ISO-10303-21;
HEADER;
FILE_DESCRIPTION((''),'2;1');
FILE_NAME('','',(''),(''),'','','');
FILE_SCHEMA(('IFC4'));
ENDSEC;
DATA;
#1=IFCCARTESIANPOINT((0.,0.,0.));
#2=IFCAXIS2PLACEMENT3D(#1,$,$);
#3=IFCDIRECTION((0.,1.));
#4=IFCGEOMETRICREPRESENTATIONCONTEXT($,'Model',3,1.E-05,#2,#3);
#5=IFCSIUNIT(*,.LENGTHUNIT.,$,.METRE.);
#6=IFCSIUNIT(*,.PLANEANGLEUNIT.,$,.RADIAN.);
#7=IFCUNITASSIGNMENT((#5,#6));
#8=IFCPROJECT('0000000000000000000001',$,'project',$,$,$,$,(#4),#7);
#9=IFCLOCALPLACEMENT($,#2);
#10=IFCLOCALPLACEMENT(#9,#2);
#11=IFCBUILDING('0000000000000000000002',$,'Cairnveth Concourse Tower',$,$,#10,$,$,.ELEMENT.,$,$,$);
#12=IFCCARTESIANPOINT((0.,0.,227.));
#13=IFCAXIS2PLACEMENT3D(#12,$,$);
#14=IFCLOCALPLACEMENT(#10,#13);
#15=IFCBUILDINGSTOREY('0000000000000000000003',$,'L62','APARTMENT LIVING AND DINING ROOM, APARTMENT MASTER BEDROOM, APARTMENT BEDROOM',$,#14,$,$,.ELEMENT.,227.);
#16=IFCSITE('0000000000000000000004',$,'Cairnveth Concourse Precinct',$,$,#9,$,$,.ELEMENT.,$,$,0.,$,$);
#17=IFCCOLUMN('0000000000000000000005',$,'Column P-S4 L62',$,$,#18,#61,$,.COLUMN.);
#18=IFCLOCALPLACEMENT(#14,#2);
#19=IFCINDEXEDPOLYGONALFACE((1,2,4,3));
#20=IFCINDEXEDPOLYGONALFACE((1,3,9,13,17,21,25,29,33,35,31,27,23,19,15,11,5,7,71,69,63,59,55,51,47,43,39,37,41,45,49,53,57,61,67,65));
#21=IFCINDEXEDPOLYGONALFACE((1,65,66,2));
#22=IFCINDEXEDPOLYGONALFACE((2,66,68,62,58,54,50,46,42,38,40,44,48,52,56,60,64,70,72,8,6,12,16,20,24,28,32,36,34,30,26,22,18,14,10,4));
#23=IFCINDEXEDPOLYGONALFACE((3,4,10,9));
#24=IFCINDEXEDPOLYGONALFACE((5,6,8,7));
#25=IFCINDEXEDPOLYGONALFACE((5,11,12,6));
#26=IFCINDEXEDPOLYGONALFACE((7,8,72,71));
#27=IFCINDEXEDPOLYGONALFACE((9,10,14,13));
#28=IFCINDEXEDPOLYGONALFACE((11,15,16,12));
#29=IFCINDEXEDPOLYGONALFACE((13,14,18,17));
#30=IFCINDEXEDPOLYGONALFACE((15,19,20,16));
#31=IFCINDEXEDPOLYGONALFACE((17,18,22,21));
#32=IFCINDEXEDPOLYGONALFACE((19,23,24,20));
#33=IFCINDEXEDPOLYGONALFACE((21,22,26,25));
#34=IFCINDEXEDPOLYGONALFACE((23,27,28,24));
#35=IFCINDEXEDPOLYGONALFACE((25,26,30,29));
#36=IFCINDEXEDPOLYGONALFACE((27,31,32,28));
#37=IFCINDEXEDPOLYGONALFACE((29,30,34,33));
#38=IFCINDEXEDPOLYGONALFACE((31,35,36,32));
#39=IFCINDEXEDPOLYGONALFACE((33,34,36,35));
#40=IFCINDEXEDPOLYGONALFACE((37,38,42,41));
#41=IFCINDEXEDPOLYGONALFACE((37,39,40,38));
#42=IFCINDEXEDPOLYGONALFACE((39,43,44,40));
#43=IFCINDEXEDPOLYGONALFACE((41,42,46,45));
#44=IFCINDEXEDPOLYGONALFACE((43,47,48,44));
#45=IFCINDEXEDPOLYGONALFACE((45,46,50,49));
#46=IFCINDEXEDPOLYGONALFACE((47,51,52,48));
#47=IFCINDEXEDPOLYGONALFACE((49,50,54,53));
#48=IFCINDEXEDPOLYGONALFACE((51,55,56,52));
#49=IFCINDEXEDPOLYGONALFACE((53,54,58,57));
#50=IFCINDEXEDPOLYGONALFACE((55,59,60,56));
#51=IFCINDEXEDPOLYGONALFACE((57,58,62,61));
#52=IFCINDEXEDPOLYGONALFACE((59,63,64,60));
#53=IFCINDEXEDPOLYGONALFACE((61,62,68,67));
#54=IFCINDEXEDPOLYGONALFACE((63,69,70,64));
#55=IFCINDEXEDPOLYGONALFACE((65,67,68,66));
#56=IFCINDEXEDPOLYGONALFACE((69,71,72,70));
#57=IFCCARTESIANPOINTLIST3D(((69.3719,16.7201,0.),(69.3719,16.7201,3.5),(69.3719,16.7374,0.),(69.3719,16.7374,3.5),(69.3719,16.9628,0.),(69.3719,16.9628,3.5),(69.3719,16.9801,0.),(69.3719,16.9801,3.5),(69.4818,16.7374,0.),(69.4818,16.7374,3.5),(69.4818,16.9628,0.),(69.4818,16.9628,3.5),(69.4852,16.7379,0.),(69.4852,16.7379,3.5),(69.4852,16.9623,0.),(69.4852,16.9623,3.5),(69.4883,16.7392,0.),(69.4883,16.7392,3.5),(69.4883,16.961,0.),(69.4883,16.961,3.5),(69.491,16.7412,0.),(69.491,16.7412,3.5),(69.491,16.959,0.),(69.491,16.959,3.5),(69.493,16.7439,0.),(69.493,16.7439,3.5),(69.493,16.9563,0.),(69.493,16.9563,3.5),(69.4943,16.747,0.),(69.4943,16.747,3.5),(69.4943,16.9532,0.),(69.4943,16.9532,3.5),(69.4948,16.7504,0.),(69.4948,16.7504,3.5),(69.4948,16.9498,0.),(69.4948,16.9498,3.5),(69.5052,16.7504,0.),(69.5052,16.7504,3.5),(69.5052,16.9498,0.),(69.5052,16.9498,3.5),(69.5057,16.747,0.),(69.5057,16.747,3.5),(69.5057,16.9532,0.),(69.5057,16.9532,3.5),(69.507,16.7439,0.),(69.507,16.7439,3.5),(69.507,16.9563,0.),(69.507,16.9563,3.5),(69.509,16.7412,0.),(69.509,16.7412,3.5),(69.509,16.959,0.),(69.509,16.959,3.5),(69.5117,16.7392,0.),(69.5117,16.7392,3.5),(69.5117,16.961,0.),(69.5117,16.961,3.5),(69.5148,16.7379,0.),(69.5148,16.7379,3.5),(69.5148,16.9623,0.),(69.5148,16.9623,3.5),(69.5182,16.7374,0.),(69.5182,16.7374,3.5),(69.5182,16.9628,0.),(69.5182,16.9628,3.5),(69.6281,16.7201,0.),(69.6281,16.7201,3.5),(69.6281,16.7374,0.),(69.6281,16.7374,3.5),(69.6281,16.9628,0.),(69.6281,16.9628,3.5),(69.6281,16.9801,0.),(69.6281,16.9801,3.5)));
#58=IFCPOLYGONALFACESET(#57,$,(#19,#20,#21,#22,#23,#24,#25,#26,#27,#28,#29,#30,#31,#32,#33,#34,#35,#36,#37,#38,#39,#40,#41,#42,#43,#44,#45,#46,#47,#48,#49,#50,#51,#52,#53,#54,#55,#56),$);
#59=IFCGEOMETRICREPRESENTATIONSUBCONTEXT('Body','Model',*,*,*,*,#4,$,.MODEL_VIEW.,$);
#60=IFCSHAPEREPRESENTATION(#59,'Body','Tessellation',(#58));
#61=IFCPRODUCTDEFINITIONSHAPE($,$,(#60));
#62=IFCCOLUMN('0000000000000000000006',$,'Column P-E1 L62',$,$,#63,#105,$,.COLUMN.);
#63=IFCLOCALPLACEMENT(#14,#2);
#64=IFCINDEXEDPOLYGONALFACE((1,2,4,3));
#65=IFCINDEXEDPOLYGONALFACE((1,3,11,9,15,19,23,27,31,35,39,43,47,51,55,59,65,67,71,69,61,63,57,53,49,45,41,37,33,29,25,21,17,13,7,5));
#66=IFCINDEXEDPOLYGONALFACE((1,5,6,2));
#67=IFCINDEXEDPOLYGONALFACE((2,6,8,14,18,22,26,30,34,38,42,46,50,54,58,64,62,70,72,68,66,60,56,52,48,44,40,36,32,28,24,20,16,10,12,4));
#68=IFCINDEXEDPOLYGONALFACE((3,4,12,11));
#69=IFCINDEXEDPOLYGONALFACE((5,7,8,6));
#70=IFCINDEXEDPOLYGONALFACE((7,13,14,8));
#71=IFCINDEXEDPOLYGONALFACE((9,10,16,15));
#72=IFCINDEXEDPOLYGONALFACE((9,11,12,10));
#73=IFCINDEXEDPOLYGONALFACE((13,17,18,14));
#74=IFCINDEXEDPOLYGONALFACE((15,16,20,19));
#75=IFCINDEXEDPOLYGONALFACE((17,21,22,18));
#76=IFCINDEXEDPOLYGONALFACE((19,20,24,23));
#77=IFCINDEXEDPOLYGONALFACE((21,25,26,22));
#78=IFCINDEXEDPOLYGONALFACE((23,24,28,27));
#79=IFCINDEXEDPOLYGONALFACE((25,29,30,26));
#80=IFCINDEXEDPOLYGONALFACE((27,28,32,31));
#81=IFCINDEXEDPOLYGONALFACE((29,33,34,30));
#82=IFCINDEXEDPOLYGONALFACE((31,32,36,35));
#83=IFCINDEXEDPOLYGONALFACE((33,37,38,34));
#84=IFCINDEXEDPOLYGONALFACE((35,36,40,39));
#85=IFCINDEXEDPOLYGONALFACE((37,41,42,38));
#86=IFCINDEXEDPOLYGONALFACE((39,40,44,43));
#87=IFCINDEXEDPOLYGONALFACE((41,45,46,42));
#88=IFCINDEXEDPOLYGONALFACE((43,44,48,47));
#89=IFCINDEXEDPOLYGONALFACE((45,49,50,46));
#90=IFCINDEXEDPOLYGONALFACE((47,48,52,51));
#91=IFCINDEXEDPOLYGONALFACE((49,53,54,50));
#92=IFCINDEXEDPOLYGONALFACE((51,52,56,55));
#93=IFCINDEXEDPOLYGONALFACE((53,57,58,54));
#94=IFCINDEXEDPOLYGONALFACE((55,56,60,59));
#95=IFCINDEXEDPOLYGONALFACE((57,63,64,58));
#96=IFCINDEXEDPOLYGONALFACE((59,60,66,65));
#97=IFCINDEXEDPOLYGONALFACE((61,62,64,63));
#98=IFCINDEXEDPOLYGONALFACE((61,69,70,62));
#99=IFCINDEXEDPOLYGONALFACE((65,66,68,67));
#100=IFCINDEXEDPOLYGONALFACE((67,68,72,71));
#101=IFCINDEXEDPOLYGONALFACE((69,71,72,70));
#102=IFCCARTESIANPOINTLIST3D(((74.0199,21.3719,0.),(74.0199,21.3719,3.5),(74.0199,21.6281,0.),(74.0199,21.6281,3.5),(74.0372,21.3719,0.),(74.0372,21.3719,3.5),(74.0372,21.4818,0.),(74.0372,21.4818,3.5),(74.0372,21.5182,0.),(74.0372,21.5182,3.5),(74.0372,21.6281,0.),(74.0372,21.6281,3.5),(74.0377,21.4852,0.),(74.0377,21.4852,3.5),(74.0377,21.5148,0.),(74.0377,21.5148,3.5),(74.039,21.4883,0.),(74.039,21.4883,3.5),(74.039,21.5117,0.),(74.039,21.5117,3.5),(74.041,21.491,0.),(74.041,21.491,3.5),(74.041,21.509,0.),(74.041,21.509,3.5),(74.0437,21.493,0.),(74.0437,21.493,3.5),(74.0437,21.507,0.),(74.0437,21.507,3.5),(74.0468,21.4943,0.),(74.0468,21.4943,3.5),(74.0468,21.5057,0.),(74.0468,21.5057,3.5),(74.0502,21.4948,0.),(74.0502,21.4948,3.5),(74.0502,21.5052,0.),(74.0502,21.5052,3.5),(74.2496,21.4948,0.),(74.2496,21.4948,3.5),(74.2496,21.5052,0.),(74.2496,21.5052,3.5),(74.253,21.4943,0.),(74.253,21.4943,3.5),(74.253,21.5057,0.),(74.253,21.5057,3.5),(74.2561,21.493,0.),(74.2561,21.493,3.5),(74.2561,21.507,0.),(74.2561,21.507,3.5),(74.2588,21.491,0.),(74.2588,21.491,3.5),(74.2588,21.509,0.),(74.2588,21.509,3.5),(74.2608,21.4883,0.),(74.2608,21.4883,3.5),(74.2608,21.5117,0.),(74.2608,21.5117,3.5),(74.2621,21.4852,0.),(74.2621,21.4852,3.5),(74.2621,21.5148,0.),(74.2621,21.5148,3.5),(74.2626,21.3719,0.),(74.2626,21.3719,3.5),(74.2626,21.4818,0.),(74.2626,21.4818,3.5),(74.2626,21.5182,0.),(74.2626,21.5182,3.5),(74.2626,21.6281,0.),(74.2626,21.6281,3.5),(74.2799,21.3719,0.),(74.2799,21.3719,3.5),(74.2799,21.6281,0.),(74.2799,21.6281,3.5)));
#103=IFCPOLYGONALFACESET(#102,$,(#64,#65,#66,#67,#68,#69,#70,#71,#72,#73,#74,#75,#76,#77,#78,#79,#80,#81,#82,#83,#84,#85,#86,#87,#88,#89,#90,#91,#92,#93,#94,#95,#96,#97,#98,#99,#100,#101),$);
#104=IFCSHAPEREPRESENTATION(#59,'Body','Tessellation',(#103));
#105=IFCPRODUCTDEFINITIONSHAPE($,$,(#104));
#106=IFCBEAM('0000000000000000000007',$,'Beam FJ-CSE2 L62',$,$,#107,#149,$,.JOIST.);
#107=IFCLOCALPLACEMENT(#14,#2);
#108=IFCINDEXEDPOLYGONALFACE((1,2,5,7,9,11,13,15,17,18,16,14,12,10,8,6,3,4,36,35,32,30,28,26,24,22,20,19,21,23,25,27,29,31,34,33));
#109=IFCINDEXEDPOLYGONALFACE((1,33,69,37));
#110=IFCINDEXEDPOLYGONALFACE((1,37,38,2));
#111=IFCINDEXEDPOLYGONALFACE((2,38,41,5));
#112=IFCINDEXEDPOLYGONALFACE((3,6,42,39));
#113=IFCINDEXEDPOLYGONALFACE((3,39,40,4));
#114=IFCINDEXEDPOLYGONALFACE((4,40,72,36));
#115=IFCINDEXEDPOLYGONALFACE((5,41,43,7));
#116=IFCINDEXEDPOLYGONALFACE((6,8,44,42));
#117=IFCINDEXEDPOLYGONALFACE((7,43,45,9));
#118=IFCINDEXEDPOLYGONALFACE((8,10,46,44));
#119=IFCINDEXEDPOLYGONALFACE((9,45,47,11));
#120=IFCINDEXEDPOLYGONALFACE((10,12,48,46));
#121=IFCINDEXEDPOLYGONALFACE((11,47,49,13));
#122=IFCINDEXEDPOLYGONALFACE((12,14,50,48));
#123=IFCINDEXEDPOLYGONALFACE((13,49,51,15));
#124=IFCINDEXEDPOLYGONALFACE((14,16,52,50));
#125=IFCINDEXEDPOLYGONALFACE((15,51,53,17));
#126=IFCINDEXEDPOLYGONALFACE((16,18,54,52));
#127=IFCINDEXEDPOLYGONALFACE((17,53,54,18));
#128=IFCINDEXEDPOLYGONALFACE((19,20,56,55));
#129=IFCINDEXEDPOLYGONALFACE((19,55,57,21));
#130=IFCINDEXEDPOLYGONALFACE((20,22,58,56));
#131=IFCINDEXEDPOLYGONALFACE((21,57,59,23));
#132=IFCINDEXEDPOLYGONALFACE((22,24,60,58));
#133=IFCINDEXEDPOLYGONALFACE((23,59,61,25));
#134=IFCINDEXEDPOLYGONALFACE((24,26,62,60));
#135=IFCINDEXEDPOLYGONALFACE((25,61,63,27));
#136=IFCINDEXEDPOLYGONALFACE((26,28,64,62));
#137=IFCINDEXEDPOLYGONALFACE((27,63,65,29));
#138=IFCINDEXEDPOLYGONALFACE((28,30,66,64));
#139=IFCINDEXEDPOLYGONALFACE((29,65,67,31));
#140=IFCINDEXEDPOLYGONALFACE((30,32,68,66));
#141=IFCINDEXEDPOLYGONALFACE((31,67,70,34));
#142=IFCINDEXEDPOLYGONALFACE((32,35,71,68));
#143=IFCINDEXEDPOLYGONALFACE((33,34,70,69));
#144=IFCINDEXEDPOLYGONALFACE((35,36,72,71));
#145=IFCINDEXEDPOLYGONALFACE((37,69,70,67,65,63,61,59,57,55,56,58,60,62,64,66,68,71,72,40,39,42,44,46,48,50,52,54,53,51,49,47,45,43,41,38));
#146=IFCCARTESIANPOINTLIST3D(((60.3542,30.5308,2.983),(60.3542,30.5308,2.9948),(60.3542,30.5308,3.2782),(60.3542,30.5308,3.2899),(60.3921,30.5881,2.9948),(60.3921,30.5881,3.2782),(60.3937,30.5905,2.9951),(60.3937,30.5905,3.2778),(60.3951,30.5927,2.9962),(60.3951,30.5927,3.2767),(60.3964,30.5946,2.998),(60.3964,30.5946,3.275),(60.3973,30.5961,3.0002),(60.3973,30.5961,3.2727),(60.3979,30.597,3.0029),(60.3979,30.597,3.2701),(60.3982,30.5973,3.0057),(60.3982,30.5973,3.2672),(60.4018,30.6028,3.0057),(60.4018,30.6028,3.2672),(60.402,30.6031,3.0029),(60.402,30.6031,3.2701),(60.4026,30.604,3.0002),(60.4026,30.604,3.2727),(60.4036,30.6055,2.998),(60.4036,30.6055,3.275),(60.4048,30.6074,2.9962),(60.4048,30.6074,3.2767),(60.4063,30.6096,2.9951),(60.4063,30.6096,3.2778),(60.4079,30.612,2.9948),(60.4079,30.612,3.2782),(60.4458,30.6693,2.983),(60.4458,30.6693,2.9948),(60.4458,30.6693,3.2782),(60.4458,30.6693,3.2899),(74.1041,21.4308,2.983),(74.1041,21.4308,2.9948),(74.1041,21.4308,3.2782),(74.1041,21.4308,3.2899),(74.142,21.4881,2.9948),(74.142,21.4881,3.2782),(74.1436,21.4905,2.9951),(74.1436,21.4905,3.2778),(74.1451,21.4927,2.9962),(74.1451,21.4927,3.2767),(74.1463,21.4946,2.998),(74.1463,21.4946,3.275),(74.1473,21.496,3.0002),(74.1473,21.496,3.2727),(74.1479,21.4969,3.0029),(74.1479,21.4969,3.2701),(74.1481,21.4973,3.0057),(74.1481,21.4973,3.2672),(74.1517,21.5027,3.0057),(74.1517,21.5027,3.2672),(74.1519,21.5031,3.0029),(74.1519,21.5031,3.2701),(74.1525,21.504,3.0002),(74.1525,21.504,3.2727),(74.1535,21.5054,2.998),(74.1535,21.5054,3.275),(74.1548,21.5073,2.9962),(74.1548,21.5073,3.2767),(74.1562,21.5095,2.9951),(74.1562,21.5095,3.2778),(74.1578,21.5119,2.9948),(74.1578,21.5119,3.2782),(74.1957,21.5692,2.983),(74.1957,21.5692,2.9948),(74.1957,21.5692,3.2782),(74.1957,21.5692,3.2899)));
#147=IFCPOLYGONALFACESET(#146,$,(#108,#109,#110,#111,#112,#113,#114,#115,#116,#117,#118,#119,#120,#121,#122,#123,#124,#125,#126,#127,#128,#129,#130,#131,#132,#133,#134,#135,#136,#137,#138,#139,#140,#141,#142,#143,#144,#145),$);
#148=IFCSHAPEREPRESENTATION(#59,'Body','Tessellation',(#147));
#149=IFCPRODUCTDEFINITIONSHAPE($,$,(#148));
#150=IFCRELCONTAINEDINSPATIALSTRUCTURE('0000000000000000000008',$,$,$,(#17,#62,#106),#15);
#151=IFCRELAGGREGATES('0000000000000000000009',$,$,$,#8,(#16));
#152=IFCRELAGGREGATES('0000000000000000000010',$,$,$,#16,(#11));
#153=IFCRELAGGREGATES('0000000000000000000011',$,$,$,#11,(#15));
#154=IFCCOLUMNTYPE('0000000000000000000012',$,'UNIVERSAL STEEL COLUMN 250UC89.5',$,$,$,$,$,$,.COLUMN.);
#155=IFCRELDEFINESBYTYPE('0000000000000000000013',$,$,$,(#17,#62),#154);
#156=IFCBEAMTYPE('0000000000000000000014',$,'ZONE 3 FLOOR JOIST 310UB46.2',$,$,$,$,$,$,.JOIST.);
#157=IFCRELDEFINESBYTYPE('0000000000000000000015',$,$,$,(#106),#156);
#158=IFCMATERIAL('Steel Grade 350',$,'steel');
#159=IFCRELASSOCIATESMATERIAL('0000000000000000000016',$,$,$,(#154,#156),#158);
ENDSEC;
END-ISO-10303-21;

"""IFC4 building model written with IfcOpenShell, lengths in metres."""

from ifc_helpers import new_model, si_unit, direction, frame, origin, origin_2d, place, context, subcontext, project, spatial, i_section, extrude, material, material_profile, profile_set, type_object, element, save


model = new_model("IFC4")

# Units and contexts
model_context = context("Model", 3, precision=1e-05, world=origin(), true_north=direction((0.0, 1.0)))
body_context = subcontext(model_context, "Body", "Model", "MODEL_VIEW")
ifc_project = project(units=[si_unit("LENGTHUNIT", "METRE"), si_unit("PLANEANGLEUNIT", "RADIAN")], contexts=[model_context])

# Site, building, storey
site_placement = place(None, origin())
site = spatial("IfcSite", under=ifc_project, at=site_placement, Name="Cairnveth Concourse Precinct", CompositionType="ELEMENT", RefElevation=0.0)
building_placement = place(site_placement, origin())
building = spatial("IfcBuilding", under=site, at=building_placement, Name="Cairnveth Concourse Tower", CompositionType="ELEMENT")
storey_placement = place(building_placement, frame((0.0, 0.0, 227.0)))
storey = spatial("IfcBuildingStorey", under=building, at=storey_placement, Name="L62", Description="APARTMENT LIVING AND DINING ROOM, APARTMENT MASTER BEDROOM, APARTMENT BEDROOM", CompositionType="ELEMENT", Elevation=227.0)

# Columns
ifc_material_1 = material(Name="Steel Grade 350", Category="steel")
ifc_material_profile_1 = material_profile(ifc_material_1, i_section(OverallWidth=0.2561, OverallDepth=0.26, WebThickness=0.0105, FlangeThickness=0.0173, FilletRadius=0.0129, at=origin_2d()), Name="250UC89.5")
ifc_profile_set_1 = profile_set([ifc_material_profile_1], Name="Steel Grade 350")
column_type = type_object("IfcColumnType", Name="UNIVERSAL STEEL COLUMN 250UC89.5", PredefinedType="COLUMN", material=ifc_profile_set_1)
for number, where, z_axis, x_axis, name in (
    (1, (69.5, 16.8501, 0.0), (0.0, 0.0, 1.0), (1.0, 0.0, 0.0), "Column P-S4 L62"),
    (2, (74.1499, 21.5, 0.0), (0.0, 0.0, 1.0), (0.0, 1.0, 0.0), "Column P-E1 L62"),
):
    element("IfcColumn", number, at=place(storey_placement, frame(where, z_axis=z_axis, x_axis=x_axis)), inside=storey, type_object=column_type, Name=name, PredefinedType="COLUMN", context=body_context, shape_type="SweptSolid", body=[
        extrude(i_section(OverallWidth=0.2561, OverallDepth=0.26, WebThickness=0.0105, FlangeThickness=0.0173, FilletRadius=0.0129, at=origin_2d()), origin(), (0.0, 0.0, 1.0), 3.5),
    ])

# Beam
ifc_material_profile_2 = material_profile(ifc_material_1, i_section(OverallWidth=0.166, OverallDepth=0.3069, WebThickness=0.0066, FlangeThickness=0.0117, FilletRadius=0.011, at=origin_2d()), Name="310UB46.2")
ifc_profile_set_2 = profile_set([ifc_material_profile_2], Name="Steel Grade 350")
beam_type_1 = type_object("IfcBeamType", Name="ZONE 3 FLOOR JOIST 310UB46.2", PredefinedType="JOIST", material=ifc_profile_set_2)
beam_1_placement = place(storey_placement, frame((74.1499, 21.5, 3.1365), z_axis=(-0.833909, 0.551902, 0.0), x_axis=(-0.551902, -0.833909, 0.0)))
element("IfcBeam", 3, at=beam_1_placement, inside=storey, type_object=beam_type_1, Name="Beam FJ-CSE2 L62", PredefinedType="JOIST", context=body_context, shape_type="SweptSolid", body=[
    extrude(i_section(OverallWidth=0.166, OverallDepth=0.3069, WebThickness=0.0066, FlangeThickness=0.0117, FilletRadius=0.011, at=origin_2d()), origin(), (0.0, 0.0, 1.0), 16.4885),
])

save(model, "model.ifc")
